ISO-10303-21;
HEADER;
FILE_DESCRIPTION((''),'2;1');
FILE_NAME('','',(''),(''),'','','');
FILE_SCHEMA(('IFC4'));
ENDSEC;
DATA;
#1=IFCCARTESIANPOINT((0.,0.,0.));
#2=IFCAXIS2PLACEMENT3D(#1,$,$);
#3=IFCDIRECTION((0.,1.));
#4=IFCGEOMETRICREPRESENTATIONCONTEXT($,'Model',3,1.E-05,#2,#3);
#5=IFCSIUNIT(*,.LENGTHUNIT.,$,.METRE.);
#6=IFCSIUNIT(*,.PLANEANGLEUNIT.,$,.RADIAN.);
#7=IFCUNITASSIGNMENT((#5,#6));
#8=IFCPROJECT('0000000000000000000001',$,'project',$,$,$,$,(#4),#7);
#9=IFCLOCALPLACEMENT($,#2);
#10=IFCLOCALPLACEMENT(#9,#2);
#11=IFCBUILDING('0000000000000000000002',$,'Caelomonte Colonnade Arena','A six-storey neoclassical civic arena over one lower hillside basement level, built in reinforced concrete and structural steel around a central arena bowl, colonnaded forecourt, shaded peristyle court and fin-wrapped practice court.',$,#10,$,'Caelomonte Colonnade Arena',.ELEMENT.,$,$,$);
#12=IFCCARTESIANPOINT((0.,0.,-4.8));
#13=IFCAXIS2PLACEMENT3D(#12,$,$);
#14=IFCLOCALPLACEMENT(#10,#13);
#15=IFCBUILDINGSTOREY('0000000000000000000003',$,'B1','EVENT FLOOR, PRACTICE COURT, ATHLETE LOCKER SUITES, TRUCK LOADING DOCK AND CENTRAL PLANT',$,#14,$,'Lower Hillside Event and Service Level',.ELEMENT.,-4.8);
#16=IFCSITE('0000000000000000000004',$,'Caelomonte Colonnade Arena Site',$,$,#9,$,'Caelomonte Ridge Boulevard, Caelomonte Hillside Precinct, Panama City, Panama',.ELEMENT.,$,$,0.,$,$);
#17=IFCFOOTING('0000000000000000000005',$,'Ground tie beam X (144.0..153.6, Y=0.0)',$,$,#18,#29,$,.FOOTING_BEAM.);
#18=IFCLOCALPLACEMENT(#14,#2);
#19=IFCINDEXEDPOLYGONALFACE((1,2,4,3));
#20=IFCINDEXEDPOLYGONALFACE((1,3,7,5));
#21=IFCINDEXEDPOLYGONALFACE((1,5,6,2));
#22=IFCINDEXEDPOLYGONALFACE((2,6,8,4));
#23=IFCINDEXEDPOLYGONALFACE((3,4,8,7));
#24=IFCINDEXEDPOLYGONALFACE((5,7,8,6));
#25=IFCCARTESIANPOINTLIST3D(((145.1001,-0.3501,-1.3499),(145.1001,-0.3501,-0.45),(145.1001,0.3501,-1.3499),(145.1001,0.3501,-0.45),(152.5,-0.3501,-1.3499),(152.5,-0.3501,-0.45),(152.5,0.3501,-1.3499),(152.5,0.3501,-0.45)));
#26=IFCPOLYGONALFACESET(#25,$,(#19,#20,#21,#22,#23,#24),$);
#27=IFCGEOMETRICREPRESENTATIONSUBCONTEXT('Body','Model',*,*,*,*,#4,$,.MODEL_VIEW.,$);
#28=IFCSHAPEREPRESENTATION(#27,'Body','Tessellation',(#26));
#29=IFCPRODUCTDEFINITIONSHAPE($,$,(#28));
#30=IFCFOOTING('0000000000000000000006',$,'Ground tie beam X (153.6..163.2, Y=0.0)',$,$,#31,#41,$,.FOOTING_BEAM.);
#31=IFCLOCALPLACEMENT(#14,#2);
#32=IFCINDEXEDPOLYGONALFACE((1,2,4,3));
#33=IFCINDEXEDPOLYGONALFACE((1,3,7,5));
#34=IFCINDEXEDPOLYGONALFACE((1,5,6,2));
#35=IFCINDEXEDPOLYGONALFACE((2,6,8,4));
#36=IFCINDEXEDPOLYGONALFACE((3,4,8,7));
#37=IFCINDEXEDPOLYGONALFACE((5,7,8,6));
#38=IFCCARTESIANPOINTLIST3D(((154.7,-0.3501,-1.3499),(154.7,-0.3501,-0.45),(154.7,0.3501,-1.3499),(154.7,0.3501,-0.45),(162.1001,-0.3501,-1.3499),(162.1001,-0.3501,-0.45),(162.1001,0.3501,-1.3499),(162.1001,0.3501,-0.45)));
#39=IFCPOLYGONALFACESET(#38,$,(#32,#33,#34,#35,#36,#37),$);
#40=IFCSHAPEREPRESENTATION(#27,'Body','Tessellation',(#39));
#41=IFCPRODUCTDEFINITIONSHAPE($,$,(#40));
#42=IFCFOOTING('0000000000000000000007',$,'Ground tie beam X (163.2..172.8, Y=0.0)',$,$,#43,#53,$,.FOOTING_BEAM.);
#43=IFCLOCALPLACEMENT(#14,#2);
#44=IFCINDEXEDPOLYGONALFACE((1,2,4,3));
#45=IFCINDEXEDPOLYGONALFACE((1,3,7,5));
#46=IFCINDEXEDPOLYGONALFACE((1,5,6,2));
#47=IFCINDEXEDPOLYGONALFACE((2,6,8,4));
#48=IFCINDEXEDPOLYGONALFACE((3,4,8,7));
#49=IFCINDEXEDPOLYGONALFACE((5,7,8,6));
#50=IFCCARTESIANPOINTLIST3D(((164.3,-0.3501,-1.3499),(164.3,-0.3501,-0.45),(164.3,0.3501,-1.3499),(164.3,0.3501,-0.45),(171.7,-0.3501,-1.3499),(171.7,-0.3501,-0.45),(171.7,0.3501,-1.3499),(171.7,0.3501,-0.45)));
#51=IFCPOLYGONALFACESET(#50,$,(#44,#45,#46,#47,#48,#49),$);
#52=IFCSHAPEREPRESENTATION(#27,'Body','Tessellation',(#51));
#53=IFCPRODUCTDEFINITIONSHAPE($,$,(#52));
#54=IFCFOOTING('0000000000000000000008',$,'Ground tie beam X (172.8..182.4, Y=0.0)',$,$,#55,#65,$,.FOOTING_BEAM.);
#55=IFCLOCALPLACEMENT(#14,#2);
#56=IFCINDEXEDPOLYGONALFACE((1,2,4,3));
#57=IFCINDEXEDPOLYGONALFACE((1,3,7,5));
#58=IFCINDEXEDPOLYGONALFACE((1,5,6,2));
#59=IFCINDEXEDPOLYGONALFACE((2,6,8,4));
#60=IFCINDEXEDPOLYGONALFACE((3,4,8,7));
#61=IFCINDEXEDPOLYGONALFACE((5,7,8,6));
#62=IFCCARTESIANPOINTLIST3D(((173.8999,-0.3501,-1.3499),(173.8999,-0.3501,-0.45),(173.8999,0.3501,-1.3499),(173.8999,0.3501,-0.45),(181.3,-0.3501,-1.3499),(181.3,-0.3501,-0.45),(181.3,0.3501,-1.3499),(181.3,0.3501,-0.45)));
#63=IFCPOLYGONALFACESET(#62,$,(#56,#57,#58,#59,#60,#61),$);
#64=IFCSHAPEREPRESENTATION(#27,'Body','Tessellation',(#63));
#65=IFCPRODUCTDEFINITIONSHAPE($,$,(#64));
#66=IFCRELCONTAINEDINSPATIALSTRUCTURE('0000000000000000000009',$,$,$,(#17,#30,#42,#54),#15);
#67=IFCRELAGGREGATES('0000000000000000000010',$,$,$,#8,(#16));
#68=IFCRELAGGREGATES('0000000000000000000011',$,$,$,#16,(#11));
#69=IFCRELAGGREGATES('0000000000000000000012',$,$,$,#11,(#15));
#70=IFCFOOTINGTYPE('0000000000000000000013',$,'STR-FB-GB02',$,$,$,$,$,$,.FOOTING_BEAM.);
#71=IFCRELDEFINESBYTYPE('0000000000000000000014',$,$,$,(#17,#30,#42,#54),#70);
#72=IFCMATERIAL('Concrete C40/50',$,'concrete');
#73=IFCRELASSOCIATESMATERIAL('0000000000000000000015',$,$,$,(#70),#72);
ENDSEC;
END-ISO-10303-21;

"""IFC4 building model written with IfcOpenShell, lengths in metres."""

from ifc_helpers import new_model, si_unit, direction, frame, origin, place, context, subcontext, project, spatial, polyline, outline, extrude, material, type_object, element, save


model = new_model("IFC4")

# Units and contexts
model_context = context("Model", 3, precision=1e-05, world=origin(), true_north=direction((0.0, 1.0)))
body_context = subcontext(model_context, "Body", "Model", "MODEL_VIEW")
ifc_project = project(units=[si_unit("LENGTHUNIT", "METRE"), si_unit("PLANEANGLEUNIT", "RADIAN")], contexts=[model_context])

# Site, building, storey
site_placement = place(None, origin())
site = spatial("IfcSite", under=ifc_project, at=site_placement, Name="Caelomonte Colonnade Arena Site", LongName="Caelomonte Ridge Boulevard, Caelomonte Hillside Precinct, Panama City, Panama", CompositionType="ELEMENT", RefElevation=0.0)
building_placement = place(site_placement, origin())
building = spatial("IfcBuilding", under=site, at=building_placement, Name="Caelomonte Colonnade Arena", Description="A six-storey neoclassical civic arena over one lower hillside basement level, built in reinforced concrete and structural steel around a central arena bowl, colonnaded forecourt, shaded peristyle court and fin-wrapped practice court.", LongName="Caelomonte Colonnade Arena", CompositionType="ELEMENT")
storey_placement = place(building_placement, frame((0.0, 0.0, -4.8)))
storey = spatial("IfcBuildingStorey", under=building, at=storey_placement, Name="B1", Description="EVENT FLOOR, PRACTICE COURT, ATHLETE LOCKER SUITES, TRUCK LOADING DOCK AND CENTRAL PLANT", LongName="Lower Hillside Event and Service Level", CompositionType="ELEMENT", Elevation=-4.8)

# Footings
ifc_material = material(Name="Concrete C40/50", Category="concrete")
footing_type_1 = type_object("IfcFootingType", Name="STR-FB-GB02", PredefinedType="FOOTING_BEAM", material=ifc_material)
footing_1_placement = place(storey_placement, frame((0.0, 0.0, -1.3499)))
element("IfcFooting", 1, at=footing_1_placement, inside=storey, type_object=footing_type_1, Name="Ground tie beam X (144.0..153.6, Y=0.0)", PredefinedType="FOOTING_BEAM", context=body_context, shape_type="SweptSolid", body=[
    extrude(outline(polyline([(145.1001, -0.3501), (152.5, -0.3501), (152.5, 0.3501), (145.1001, 0.3501), (145.1001, -0.3501)])), origin(), (0.0, 0.0, 1.0), 0.8999),
])
footing_2_placement = place(storey_placement, frame((0.0, 0.0, -1.3499)))
element("IfcFooting", 2, at=footing_2_placement, inside=storey, type_object=footing_type_1, Name="Ground tie beam X (153.6..163.2, Y=0.0)", PredefinedType="FOOTING_BEAM", context=body_context, shape_type="SweptSolid", body=[
    extrude(outline(polyline([(154.7, -0.3501), (162.1001, -0.3501), (162.1001, 0.3501), (154.7, 0.3501), (154.7, -0.3501)])), origin(), (0.0, 0.0, 1.0), 0.8999),
])
footing_3_placement = place(storey_placement, frame((0.0, 0.0, -1.3499)))
element("IfcFooting", 3, at=footing_3_placement, inside=storey, type_object=footing_type_1, Name="Ground tie beam X (163.2..172.8, Y=0.0)", PredefinedType="FOOTING_BEAM", context=body_context, shape_type="SweptSolid", body=[
    extrude(outline(polyline([(164.3, -0.3501), (171.7, -0.3501), (171.7, 0.3501), (164.3, 0.3501), (164.3, -0.3501)])), origin(), (0.0, 0.0, 1.0), 0.8999),
])
footing_4_placement = place(storey_placement, frame((0.0, 0.0, -1.3499)))
element("IfcFooting", 4, at=footing_4_placement, inside=storey, type_object=footing_type_1, Name="Ground tie beam X (172.8..182.4, Y=0.0)", PredefinedType="FOOTING_BEAM", context=body_context, shape_type="SweptSolid", body=[
    extrude(outline(polyline([(173.8999, -0.3501), (181.3, -0.3501), (181.3, 0.3501), (173.8999, 0.3501), (173.8999, -0.3501)])), origin(), (0.0, 0.0, 1.0), 0.8999),
])

save(model, "model.ifc")
